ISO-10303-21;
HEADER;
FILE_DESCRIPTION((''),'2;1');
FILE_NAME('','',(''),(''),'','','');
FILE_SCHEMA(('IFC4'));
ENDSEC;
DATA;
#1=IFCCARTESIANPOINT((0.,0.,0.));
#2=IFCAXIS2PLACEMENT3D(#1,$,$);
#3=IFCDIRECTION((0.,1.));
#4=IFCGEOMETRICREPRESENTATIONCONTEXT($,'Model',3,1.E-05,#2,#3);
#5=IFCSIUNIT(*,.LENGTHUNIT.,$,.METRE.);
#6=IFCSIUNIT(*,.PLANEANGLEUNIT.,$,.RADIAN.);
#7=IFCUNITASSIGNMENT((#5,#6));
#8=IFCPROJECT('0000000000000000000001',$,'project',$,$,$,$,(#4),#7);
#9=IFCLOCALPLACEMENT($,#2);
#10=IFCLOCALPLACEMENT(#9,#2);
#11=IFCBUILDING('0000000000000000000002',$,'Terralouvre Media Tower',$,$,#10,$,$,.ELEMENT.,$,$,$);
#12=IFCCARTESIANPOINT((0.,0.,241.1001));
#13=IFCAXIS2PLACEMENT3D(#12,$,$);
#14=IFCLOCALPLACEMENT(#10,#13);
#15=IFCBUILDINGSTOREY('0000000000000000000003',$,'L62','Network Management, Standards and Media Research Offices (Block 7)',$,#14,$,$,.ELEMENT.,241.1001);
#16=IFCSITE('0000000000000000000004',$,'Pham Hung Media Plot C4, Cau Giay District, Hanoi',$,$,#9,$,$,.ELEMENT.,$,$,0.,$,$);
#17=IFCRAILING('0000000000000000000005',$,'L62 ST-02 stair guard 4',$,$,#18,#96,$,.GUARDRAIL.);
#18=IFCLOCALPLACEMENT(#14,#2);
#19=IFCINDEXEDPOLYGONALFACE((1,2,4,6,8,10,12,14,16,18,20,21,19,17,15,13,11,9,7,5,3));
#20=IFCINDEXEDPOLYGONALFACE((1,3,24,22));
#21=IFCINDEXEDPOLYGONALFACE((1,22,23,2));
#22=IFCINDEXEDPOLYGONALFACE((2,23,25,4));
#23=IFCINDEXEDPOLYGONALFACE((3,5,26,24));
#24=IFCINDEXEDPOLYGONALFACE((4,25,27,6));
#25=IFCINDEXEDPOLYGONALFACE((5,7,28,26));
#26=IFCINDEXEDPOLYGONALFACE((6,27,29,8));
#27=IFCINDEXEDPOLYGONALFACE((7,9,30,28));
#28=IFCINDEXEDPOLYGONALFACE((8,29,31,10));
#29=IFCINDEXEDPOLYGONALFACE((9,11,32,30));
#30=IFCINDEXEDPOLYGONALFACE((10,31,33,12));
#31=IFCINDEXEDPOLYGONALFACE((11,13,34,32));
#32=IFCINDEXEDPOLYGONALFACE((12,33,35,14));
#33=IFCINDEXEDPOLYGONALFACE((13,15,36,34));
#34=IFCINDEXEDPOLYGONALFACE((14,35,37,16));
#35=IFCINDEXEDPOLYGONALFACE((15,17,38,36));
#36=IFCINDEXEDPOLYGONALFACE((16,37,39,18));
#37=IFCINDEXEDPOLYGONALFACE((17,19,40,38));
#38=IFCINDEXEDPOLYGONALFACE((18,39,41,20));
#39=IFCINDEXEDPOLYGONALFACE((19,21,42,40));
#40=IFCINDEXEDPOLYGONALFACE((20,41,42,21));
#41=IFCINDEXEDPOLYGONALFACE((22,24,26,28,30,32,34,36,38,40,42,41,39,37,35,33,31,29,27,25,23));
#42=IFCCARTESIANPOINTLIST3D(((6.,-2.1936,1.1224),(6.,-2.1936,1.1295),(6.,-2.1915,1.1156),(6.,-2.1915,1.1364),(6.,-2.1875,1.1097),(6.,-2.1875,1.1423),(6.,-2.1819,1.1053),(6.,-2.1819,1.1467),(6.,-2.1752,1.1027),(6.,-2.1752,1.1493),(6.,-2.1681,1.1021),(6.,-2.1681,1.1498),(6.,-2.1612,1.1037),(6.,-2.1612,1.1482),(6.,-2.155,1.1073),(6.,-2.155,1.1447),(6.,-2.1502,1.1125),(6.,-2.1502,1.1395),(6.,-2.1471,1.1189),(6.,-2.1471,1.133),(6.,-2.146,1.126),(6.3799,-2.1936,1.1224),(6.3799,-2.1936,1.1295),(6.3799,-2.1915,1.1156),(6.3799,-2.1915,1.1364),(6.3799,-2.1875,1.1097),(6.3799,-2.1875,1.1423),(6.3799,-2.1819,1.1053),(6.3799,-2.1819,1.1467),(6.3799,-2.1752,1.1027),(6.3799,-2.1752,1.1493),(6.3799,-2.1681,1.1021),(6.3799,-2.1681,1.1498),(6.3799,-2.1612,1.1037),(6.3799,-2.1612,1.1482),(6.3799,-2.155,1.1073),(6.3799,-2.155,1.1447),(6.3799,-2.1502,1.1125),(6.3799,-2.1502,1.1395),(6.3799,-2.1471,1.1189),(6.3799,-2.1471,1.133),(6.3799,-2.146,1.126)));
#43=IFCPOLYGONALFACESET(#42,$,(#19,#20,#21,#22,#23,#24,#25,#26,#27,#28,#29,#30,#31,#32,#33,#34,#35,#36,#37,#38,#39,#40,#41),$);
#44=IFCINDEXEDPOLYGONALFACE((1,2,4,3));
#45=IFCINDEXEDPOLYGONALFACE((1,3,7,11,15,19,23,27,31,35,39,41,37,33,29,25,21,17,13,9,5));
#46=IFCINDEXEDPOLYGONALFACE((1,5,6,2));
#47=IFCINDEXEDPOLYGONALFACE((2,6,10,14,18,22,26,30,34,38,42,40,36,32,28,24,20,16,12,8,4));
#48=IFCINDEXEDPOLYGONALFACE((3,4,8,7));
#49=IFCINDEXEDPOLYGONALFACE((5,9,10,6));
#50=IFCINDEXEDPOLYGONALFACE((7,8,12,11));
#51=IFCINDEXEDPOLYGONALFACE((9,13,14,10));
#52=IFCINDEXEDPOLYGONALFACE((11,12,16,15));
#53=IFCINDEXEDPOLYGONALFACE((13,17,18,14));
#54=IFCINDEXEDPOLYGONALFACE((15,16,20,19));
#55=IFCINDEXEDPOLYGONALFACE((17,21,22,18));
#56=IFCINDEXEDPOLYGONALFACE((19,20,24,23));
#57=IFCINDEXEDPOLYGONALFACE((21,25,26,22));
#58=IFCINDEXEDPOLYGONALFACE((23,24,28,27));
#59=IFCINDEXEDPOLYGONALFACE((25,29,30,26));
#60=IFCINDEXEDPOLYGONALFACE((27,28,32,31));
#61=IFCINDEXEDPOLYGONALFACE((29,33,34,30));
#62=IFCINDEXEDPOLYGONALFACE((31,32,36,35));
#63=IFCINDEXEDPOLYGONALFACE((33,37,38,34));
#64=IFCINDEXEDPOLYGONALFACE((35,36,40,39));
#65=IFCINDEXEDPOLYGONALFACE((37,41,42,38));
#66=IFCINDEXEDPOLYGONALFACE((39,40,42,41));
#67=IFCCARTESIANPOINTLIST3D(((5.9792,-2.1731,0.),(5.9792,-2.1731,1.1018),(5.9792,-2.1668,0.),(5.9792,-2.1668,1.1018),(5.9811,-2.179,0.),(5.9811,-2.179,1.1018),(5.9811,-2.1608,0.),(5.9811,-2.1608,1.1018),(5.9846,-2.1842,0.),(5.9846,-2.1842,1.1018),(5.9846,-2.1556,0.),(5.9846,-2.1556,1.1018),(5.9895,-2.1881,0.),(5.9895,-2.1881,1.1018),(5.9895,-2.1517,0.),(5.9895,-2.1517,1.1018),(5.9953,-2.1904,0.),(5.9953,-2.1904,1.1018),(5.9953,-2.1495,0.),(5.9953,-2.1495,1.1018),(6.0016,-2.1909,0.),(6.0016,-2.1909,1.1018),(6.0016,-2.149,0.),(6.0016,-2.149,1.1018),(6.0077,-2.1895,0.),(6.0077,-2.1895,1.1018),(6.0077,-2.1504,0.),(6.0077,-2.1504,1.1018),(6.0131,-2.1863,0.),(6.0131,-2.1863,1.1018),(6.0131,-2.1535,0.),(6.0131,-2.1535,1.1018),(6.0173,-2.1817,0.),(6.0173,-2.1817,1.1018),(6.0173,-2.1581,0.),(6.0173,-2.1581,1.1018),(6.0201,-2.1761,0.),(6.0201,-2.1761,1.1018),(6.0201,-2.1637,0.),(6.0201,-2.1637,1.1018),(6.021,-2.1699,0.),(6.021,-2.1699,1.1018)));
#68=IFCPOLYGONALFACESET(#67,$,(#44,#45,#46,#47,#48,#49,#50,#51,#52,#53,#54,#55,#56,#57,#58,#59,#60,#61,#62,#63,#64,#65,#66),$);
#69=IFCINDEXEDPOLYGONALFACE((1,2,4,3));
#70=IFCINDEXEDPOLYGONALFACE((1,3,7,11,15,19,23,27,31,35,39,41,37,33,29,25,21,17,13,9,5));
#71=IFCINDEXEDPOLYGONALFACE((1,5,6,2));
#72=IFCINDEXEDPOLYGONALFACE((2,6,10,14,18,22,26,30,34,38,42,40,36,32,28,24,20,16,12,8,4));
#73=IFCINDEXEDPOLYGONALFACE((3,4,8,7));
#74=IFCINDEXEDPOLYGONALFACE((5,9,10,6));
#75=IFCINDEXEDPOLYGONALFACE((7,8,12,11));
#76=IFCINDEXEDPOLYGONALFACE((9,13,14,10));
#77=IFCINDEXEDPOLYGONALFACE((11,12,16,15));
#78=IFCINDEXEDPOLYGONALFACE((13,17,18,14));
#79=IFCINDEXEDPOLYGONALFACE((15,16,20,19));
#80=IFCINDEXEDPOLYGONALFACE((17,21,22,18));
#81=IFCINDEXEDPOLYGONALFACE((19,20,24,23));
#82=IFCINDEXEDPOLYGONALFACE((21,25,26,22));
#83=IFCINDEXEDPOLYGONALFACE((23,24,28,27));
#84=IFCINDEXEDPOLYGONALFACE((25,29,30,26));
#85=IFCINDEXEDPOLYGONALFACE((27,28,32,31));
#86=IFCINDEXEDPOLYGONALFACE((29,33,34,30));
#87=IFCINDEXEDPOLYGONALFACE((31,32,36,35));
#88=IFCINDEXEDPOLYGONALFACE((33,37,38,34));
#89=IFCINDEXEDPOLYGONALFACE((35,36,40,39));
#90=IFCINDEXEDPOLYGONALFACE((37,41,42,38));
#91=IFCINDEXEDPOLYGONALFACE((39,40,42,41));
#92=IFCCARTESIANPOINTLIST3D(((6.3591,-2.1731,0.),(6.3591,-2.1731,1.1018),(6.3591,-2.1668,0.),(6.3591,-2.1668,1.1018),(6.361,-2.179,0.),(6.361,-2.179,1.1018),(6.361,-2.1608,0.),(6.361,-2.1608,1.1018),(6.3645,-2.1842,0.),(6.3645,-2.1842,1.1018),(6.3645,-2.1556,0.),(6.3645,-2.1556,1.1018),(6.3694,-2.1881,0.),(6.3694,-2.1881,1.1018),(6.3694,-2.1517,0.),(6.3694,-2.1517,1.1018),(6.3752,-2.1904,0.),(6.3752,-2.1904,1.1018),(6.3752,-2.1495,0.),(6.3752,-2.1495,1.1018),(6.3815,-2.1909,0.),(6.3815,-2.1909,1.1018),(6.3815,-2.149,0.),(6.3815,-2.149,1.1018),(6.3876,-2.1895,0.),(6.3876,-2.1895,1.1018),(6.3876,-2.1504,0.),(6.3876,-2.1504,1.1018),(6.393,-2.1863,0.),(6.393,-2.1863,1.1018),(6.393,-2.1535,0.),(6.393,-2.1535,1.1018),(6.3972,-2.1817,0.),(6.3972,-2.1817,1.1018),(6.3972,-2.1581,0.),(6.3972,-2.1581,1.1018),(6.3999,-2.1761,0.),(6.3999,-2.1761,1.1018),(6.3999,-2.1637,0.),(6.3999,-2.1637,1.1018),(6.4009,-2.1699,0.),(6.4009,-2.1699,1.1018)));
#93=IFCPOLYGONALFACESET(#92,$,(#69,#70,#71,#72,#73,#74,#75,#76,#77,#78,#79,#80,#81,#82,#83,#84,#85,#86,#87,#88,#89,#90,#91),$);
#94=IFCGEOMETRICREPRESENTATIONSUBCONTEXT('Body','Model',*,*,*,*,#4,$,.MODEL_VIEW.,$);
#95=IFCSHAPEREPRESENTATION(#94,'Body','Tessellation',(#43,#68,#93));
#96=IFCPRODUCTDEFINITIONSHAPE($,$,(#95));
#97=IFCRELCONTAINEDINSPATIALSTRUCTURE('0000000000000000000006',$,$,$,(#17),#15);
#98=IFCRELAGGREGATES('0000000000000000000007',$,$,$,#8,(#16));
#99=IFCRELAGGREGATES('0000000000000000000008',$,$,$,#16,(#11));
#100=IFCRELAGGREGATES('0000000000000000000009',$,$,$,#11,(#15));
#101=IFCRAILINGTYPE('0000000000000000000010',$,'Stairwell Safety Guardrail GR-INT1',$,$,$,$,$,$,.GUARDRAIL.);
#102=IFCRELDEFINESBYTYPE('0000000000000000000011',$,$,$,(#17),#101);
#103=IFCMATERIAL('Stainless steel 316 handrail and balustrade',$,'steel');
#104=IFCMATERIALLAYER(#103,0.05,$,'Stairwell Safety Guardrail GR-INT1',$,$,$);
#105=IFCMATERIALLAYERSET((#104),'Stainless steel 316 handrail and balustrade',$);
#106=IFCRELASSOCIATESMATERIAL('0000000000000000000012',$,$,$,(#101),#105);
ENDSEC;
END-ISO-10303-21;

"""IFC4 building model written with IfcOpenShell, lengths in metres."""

from ifc_helpers import new_model, si_unit, direction, frame, origin, origin_2d, place, context, subcontext, project, spatial, circle, extrude, material, layer, layer_set, type_object, element, save


model = new_model("IFC4")

# Units and contexts
model_context = context("Model", 3, precision=1e-05, world=origin(), true_north=direction((0.0, 1.0)))
body_context = subcontext(model_context, "Body", "Model", "MODEL_VIEW")
ifc_project = project(units=[si_unit("LENGTHUNIT", "METRE"), si_unit("PLANEANGLEUNIT", "RADIAN")], contexts=[model_context])

# Site, building, storey
site_placement = place(None, origin())
site = spatial("IfcSite", under=ifc_project, at=site_placement, Name="Pham Hung Media Plot C4, Cau Giay District, Hanoi", CompositionType="ELEMENT", RefElevation=0.0)
building_placement = place(site_placement, origin())
building = spatial("IfcBuilding", under=site, at=building_placement, Name="Terralouvre Media Tower", CompositionType="ELEMENT")
storey_placement = place(building_placement, frame((0.0, 0.0, 241.1001)))
storey = spatial("IfcBuildingStorey", under=building, at=storey_placement, Name="L62", Description="Network Management, Standards and Media Research Offices (Block 7)", CompositionType="ELEMENT", Elevation=241.1001)

# Railing
ifc_material_1 = material(Name="Stainless steel 316 handrail and balustrade", Category="steel")
ifc_layer_1 = layer(ifc_material_1, 0.05, Name="Stairwell Safety Guardrail GR-INT1")
ifc_layer_set_1 = layer_set([ifc_layer_1], Name="Stainless steel 316 handrail and balustrade")
railing_type_1 = type_object("IfcRailingType", Name="Stairwell Safety Guardrail GR-INT1", PredefinedType="GUARDRAIL", material=ifc_layer_set_1)
railing_1_placement = place(storey_placement, frame((6.0, -2.1699, 0.0)))
element("IfcRailing", 1, at=railing_1_placement, inside=storey, type_object=railing_type_1, Name="L62 ST-02 stair guard 4", PredefinedType="GUARDRAIL", context=body_context, shape_type="SweptSolid", body=[
    extrude(circle(Radius=0.0239, at=origin_2d()), frame((0.0, 0.0, 1.126), z_axis=(1.0, 0.0, 0.0), x_axis=(0.0, 1.0, 0.0)), (0.0, 0.0, 1.0), 0.3799),
    extrude(circle(Radius=0.021, at=origin_2d()), origin(), (0.0, 0.0, 1.0), 1.1018),
    extrude(circle(Radius=0.021, at=origin_2d()), frame((0.3799, 0.0, 0.0)), (0.0, 0.0, 1.0), 1.1018),
])

save(model, "model.ifc")
